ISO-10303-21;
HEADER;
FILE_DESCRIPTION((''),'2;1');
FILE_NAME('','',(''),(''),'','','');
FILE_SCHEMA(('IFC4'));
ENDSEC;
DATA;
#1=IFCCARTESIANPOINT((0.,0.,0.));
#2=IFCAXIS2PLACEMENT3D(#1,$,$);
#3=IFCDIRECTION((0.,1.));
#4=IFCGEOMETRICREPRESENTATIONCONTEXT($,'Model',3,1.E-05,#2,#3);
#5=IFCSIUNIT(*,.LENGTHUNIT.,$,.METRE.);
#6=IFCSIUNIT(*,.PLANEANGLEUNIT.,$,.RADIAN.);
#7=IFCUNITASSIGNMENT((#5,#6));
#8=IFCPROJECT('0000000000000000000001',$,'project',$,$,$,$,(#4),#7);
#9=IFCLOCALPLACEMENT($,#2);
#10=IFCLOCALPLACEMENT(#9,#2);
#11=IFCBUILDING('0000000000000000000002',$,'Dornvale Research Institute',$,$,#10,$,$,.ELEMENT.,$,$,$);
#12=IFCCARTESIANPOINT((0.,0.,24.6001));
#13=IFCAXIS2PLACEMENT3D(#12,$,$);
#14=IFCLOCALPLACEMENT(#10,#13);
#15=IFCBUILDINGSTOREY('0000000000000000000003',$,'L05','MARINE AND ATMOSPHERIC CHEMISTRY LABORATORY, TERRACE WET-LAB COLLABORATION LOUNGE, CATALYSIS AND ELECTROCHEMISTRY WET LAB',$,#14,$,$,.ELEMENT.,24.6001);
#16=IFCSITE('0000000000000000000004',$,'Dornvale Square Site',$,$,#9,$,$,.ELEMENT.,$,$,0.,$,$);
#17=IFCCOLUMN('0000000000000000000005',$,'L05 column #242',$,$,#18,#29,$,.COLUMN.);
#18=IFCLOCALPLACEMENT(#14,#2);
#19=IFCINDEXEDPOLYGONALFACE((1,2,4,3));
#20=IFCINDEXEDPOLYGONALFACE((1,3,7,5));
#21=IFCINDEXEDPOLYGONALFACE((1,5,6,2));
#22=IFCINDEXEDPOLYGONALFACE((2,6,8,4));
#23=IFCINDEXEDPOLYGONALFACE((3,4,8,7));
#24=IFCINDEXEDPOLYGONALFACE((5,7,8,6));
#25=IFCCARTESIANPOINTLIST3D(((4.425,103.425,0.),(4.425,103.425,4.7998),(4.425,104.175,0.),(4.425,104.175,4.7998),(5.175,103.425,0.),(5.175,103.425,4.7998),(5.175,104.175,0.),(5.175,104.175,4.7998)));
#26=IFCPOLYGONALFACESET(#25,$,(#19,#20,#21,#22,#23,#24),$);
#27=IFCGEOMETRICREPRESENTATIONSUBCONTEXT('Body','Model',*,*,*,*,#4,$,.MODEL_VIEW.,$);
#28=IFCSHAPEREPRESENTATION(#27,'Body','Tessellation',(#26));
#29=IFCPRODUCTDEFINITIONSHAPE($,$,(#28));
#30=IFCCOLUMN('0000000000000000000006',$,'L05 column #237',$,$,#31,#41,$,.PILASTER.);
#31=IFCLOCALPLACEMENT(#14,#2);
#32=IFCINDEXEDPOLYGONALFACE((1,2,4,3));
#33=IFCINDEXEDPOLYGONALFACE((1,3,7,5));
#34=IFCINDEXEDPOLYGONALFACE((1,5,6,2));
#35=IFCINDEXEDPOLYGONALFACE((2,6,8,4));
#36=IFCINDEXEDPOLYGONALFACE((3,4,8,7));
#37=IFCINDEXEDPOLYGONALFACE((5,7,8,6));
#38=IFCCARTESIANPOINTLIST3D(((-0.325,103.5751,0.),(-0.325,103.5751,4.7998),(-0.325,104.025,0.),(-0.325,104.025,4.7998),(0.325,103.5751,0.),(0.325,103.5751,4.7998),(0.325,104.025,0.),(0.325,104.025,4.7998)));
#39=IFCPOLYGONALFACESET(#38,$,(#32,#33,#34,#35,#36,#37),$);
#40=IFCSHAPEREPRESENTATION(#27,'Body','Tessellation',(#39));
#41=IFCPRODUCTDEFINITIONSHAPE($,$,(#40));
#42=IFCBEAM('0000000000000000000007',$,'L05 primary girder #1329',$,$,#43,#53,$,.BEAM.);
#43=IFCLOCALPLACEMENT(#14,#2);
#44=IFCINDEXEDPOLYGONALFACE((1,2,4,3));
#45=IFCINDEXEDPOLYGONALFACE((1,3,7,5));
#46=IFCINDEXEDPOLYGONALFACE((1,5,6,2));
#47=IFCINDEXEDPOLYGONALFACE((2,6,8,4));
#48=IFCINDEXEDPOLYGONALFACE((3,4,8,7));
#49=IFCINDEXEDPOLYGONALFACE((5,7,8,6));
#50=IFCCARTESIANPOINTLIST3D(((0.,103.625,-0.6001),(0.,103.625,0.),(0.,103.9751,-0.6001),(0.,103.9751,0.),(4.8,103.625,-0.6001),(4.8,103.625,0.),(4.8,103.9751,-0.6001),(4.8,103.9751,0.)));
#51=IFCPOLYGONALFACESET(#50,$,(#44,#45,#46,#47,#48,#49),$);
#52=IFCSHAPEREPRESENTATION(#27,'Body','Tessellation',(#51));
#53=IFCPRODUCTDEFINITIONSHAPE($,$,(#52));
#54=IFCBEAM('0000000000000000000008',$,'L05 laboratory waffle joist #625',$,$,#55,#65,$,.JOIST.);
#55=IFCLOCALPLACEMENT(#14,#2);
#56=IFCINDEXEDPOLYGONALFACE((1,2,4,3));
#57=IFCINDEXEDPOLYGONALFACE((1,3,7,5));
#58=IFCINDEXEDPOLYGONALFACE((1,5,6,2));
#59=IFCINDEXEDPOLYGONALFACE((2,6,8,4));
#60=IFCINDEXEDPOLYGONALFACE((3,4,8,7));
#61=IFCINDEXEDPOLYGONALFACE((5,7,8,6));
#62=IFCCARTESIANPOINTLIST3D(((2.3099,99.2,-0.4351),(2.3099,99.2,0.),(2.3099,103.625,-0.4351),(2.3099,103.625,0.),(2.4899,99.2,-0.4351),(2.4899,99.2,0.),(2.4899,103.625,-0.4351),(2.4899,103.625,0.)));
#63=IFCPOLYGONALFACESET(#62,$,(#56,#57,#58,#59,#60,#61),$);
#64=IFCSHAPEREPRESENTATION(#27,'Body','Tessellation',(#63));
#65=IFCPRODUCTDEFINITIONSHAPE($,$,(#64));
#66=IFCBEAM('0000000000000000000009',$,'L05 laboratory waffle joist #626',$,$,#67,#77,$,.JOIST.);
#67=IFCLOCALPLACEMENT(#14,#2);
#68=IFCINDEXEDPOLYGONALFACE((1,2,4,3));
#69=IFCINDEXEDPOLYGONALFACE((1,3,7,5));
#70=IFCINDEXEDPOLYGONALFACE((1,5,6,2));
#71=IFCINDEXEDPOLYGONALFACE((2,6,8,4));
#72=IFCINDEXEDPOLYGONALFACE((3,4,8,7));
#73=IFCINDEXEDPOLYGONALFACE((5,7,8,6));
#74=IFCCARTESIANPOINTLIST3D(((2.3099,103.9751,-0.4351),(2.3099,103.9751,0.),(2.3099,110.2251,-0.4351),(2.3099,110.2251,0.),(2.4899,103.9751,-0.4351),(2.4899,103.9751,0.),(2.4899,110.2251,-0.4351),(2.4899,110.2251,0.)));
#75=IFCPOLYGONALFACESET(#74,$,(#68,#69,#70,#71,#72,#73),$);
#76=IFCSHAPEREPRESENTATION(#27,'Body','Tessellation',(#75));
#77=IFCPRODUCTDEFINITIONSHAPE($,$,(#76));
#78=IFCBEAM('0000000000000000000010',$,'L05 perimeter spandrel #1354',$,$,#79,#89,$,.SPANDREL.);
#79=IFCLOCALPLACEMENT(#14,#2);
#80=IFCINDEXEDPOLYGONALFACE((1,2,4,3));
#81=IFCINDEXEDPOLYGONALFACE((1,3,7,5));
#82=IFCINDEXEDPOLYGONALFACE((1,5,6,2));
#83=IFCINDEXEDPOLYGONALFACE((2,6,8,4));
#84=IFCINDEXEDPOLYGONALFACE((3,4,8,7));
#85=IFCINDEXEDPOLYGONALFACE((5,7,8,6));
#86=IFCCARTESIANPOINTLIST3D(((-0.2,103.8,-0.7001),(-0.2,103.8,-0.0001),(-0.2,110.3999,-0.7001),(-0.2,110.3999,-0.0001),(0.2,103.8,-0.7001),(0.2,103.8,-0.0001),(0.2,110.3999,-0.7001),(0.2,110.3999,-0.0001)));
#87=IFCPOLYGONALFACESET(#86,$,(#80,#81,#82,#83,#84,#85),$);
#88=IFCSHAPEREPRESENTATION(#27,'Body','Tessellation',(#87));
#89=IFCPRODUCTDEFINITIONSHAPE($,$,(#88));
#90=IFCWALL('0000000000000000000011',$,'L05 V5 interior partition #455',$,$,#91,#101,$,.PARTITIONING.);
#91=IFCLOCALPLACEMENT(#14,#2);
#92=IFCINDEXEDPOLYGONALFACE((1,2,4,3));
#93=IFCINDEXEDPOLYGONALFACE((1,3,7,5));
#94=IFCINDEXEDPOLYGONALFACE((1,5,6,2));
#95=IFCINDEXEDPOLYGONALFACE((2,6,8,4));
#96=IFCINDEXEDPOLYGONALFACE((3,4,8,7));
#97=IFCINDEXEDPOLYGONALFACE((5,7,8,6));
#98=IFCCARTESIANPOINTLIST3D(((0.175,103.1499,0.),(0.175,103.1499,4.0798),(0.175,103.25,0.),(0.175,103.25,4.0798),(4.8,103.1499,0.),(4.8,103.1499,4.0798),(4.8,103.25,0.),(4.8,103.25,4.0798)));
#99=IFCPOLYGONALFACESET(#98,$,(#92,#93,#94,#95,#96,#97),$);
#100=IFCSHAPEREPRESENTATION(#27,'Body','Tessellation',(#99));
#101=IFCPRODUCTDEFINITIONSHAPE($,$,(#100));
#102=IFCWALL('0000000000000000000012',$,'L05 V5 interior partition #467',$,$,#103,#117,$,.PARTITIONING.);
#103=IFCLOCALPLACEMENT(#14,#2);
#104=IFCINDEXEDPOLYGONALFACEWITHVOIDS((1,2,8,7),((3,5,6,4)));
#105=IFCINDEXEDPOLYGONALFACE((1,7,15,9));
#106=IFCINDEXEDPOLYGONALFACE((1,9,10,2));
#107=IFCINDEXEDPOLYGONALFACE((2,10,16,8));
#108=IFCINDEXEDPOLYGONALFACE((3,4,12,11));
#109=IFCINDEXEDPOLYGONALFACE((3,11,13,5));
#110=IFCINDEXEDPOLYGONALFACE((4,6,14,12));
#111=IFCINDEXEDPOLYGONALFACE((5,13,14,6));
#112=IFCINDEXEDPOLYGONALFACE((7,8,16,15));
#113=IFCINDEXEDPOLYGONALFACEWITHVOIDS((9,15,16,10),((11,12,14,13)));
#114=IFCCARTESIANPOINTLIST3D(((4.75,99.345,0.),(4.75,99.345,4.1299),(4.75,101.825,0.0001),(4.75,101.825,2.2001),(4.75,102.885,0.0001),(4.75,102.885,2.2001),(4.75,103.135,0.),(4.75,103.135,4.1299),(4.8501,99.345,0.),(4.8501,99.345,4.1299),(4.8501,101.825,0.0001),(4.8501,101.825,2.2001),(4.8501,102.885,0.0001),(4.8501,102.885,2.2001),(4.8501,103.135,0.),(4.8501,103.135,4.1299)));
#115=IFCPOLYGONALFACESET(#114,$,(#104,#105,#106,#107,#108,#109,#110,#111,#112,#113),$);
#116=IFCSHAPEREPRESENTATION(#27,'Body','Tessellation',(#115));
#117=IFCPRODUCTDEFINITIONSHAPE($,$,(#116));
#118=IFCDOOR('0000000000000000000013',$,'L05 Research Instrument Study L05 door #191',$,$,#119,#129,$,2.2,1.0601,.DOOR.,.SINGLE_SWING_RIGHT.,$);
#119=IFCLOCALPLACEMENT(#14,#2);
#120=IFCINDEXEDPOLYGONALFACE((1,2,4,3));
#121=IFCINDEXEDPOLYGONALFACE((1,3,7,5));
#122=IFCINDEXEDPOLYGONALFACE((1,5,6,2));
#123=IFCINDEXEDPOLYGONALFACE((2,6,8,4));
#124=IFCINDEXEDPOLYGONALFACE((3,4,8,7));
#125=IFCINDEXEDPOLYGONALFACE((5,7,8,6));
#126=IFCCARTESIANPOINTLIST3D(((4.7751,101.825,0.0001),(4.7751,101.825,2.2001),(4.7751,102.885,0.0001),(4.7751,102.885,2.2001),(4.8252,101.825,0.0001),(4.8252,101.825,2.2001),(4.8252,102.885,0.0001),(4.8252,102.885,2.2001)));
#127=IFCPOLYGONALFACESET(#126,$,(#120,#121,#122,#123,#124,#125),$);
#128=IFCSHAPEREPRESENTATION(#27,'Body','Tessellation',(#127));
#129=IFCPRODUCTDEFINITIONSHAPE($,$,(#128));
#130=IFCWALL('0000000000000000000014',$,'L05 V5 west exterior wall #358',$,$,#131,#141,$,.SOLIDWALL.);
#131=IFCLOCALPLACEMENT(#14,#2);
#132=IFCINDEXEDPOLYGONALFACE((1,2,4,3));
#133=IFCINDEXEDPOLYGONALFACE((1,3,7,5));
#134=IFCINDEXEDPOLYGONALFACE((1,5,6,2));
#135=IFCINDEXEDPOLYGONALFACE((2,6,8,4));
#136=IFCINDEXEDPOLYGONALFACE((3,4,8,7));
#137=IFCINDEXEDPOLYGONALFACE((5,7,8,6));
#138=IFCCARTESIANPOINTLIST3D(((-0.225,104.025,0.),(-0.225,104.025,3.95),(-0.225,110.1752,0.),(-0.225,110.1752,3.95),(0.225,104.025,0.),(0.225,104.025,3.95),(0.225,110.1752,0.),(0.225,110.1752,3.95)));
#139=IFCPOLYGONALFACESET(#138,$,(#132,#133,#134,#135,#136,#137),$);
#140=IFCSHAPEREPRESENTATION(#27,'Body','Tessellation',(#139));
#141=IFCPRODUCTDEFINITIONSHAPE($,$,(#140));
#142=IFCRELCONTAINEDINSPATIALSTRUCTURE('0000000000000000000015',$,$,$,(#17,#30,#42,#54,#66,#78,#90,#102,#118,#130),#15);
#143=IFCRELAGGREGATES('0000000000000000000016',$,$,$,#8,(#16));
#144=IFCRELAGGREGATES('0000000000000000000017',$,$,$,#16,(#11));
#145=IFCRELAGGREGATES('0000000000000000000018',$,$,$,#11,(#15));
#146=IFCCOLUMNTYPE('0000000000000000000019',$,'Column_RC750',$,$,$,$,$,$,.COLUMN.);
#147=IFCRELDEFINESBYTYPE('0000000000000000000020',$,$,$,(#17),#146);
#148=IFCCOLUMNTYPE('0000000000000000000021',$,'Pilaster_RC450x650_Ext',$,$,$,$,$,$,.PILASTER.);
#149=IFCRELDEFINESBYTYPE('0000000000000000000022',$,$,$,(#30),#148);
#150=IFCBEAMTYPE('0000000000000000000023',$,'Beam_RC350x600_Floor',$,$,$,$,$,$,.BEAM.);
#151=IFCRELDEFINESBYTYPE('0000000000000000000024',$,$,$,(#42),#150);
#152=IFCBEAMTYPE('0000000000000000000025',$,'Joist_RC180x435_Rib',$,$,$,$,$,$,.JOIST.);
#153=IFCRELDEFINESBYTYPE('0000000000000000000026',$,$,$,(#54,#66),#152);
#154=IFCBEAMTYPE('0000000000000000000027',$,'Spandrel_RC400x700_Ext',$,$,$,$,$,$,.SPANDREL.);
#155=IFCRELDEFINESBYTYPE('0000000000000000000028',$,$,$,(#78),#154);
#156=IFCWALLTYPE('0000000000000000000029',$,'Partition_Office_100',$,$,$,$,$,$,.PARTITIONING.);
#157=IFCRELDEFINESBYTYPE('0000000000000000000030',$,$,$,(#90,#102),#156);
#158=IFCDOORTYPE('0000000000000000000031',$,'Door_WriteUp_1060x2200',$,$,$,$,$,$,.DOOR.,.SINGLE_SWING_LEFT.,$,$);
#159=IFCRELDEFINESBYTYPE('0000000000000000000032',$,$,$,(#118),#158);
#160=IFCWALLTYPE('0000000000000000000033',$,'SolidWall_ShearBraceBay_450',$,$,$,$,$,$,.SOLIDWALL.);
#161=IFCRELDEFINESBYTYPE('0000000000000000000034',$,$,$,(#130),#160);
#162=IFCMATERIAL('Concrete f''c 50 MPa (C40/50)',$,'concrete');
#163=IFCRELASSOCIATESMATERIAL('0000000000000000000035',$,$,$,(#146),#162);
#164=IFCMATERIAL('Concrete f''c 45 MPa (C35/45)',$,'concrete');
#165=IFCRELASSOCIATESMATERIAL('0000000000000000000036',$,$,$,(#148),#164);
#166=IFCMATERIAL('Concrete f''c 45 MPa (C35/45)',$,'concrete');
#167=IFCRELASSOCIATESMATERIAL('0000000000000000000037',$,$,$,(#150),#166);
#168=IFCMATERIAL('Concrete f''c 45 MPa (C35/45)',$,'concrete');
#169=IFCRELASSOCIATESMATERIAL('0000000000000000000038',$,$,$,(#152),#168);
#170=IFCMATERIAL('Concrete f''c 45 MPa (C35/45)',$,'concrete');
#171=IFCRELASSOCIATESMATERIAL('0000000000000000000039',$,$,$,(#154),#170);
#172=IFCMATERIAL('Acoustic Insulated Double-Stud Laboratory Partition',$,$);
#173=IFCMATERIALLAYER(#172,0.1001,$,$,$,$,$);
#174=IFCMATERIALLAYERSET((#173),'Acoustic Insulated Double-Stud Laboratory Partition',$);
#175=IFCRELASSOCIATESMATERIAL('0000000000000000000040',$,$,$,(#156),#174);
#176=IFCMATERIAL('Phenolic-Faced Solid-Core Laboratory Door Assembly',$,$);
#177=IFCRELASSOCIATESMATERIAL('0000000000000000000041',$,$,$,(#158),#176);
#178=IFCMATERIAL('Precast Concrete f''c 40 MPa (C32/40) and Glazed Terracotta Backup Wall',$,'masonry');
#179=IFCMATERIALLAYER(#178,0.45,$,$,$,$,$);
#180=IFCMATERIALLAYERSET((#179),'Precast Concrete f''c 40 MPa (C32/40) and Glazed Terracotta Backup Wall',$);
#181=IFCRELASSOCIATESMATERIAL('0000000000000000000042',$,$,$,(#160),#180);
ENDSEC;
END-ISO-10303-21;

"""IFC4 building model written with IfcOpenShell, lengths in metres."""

from ifc_helpers import new_model, si_unit, direction, frame, frame_2d, origin, origin_2d, place, context, subcontext, project, spatial, rectangle, extrude, material, layer, layer_set, material_profile, profile_set, type_object, element, fill, save


model = new_model("IFC4")

# Units and contexts
model_context = context("Model", 3, precision=1e-05, world=origin(), true_north=direction((0.0, 1.0)))
body_context = subcontext(model_context, "Body", "Model", "MODEL_VIEW")
ifc_project = project(units=[si_unit("LENGTHUNIT", "METRE"), si_unit("PLANEANGLEUNIT", "RADIAN")], contexts=[model_context])

# Site, building, storey
site_placement = place(None, origin())
site = spatial("IfcSite", under=ifc_project, at=site_placement, Name="Dornvale Square Site", CompositionType="ELEMENT", RefElevation=0.0)
building_placement = place(site_placement, origin())
building = spatial("IfcBuilding", under=site, at=building_placement, Name="Dornvale Research Institute", CompositionType="ELEMENT")
storey_placement = place(building_placement, frame((0.0, 0.0, 24.6001)))
storey = spatial("IfcBuildingStorey", under=building, at=storey_placement, Name="L05", Description="MARINE AND ATMOSPHERIC CHEMISTRY LABORATORY, TERRACE WET-LAB COLLABORATION LOUNGE, CATALYSIS AND ELECTROCHEMISTRY WET LAB", CompositionType="ELEMENT", Elevation=24.6001)

# Columns
ifc_material_1 = material(Name="Concrete f'c 50 MPa (C40/50)", Category="concrete")
ifc_material_profile_1 = material_profile(ifc_material_1, rectangle(XDim=0.75, YDim=0.75, at=origin_2d()), Name="RC 750x750")
ifc_profile_set_1 = profile_set([ifc_material_profile_1], Name="Concrete f'c 50 MPa (C40/50)")
column_type_1 = type_object("IfcColumnType", Name="Column_RC750", PredefinedType="COLUMN", material=ifc_profile_set_1)
column_1_placement = place(storey_placement, frame((4.8, 103.8, 0.0), z_axis=(0.0, 0.0, 1.0), x_axis=(1.0, 0.0, 0.0)))
element("IfcColumn", 1, at=column_1_placement, inside=storey, type_object=column_type_1, Name="L05 column #242", PredefinedType="COLUMN", context=body_context, shape_type="SweptSolid", body=[
    extrude(rectangle(XDim=0.75, YDim=0.75, at=origin_2d()), origin(), (0.0, 0.0, 1.0), 4.7998),
])
ifc_material_2 = material(Name="Concrete f'c 45 MPa (C35/45)", Category="concrete")
ifc_material_profile_2 = material_profile(ifc_material_2, rectangle(XDim=0.45, YDim=0.6499, at=origin_2d()), Name="RC 450x650")
ifc_profile_set_2 = profile_set([ifc_material_profile_2], Name="Concrete f'c 45 MPa (C35/45)")
column_type_2 = type_object("IfcColumnType", Name="Pilaster_RC450x650_Ext", PredefinedType="PILASTER", material=ifc_profile_set_2)
column_2_placement = place(storey_placement, frame((0.0, 103.8, 0.0), z_axis=(0.0, 0.0, 1.0), x_axis=(0.0, 1.0, 0.0)))
element("IfcColumn", 2, at=column_2_placement, inside=storey, type_object=column_type_2, Name="L05 column #237", PredefinedType="PILASTER", context=body_context, shape_type="SweptSolid", body=[
    extrude(rectangle(XDim=0.45, YDim=0.6499, at=origin_2d()), origin(), (0.0, 0.0, 1.0), 4.7998),
])

# Beams
ifc_material_3 = material(Name="Concrete f'c 45 MPa (C35/45)", Category="concrete")
ifc_material_profile_3 = material_profile(ifc_material_3, rectangle(XDim=0.3501, YDim=0.6001, at=origin_2d()), Name="RC 350x600")
ifc_profile_set_3 = profile_set([ifc_material_profile_3], Name="Concrete f'c 45 MPa (C35/45)")
beam_type_1 = type_object("IfcBeamType", Name="Beam_RC350x600_Floor", PredefinedType="BEAM", material=ifc_profile_set_3)
beam_1_placement = place(storey_placement, frame((0.0, 103.8, -0.3), z_axis=(1.0, 0.0, 0.0), x_axis=(0.0, 1.0, 0.0)))
element("IfcBeam", 3, at=beam_1_placement, inside=storey, type_object=beam_type_1, Name="L05 primary girder #1329", PredefinedType="BEAM", context=body_context, shape_type="SweptSolid", body=[
    extrude(rectangle(XDim=0.3501, YDim=0.6001, at=origin_2d()), origin(), (0.0, 0.0, 1.0), 4.8),
])
ifc_material_4 = material(Name="Concrete f'c 45 MPa (C35/45)", Category="concrete")
ifc_material_profile_4 = material_profile(ifc_material_4, rectangle(XDim=0.1799, YDim=0.4351, at=origin_2d()), Name="RC 180x435")
ifc_profile_set_4 = profile_set([ifc_material_profile_4], Name="Concrete f'c 45 MPa (C35/45)")
beam_type_2 = type_object("IfcBeamType", Name="Joist_RC180x435_Rib", PredefinedType="JOIST", material=ifc_profile_set_4)
beam_2_placement = place(storey_placement, frame((2.3999, 99.2, -0.2175), z_axis=(0.0, 1.0, 0.0), x_axis=(-1.0, 0.0, 0.0)))
element("IfcBeam", 4, at=beam_2_placement, inside=storey, type_object=beam_type_2, Name="L05 laboratory waffle joist #625", PredefinedType="JOIST", context=body_context, shape_type="SweptSolid", body=[
    extrude(rectangle(XDim=0.1799, YDim=0.4351, at=origin_2d()), origin(), (0.0, 0.0, 1.0), 4.425),
])
beam_3_placement = place(storey_placement, frame((2.3999, 103.9751, -0.2175), z_axis=(0.0, 1.0, 0.0), x_axis=(-1.0, 0.0, 0.0)))
element("IfcBeam", 5, at=beam_3_placement, inside=storey, type_object=beam_type_2, Name="L05 laboratory waffle joist #626", PredefinedType="JOIST", context=body_context, shape_type="SweptSolid", body=[
    extrude(rectangle(XDim=0.1799, YDim=0.4351, at=origin_2d()), origin(), (0.0, 0.0, 1.0), 6.25),
])
ifc_material_5 = material(Name="Concrete f'c 45 MPa (C35/45)", Category="concrete")
ifc_material_profile_5 = material_profile(ifc_material_5, rectangle(XDim=0.3999, YDim=0.7, at=origin_2d()), Name="RC 400x700")
ifc_profile_set_5 = profile_set([ifc_material_profile_5], Name="Concrete f'c 45 MPa (C35/45)")
beam_type_3 = type_object("IfcBeamType", Name="Spandrel_RC400x700_Ext", PredefinedType="SPANDREL", material=ifc_profile_set_5)
beam_4_placement = place(storey_placement, frame((0.0, 103.8, -0.3501), z_axis=(0.0, 1.0, 0.0), x_axis=(-1.0, 0.0, 0.0)))
element("IfcBeam", 6, at=beam_4_placement, inside=storey, type_object=beam_type_3, Name="L05 perimeter spandrel #1354", PredefinedType="SPANDREL", context=body_context, shape_type="SweptSolid", body=[
    extrude(rectangle(XDim=0.3999, YDim=0.7, at=origin_2d()), origin(), (0.0, 0.0, 1.0), 6.5999),
])

# Wall
ifc_material_6 = material(Name="Acoustic Insulated Double-Stud Laboratory Partition")
ifc_layer_1 = layer(ifc_material_6, 0.1001)
ifc_layer_set_1 = layer_set([ifc_layer_1], Name="Acoustic Insulated Double-Stud Laboratory Partition")
wall_type_1 = type_object("IfcWallType", Name="Partition_Office_100", PredefinedType="PARTITIONING", material=ifc_layer_set_1)
wall_1_placement = place(storey_placement, frame((0.175, 103.2, 0.0), z_axis=(0.0, 0.0, 1.0), x_axis=(1.0, 0.0, 0.0)))
element("IfcWall", 7, at=wall_1_placement, inside=storey, type_object=wall_type_1, Name="L05 V5 interior partition #455", PredefinedType="PARTITIONING", context=body_context, shape_type="SweptSolid", body=[
    extrude(rectangle(XDim=4.625, YDim=0.1001, at=frame_2d((2.3125, 0.0))), origin(), (0.0, 0.0, 1.0), 4.0798),
])

# Wall, opening, door
wall_2_placement = place(storey_placement, frame((4.8, 99.345, 0.0), z_axis=(0.0, 0.0, 1.0), x_axis=(0.0, 1.0, 0.0)))
wall_2 = element("IfcWall", 8, at=wall_2_placement, inside=storey, type_object=wall_type_1, Name="L05 V5 interior partition #467", PredefinedType="PARTITIONING", context=body_context, shape_type="SweptSolid", body=[
    extrude(rectangle(XDim=3.79, YDim=0.1001, at=frame_2d((1.895, 0.0))), origin(), (0.0, 0.0, 1.0), 4.1299),
])
opening_1_placement = place(wall_2_placement, frame((2.48, 0.0, 0.0)))
opening_1 = element("IfcOpeningElement", 9, at=opening_1_placement, cuts=wall_2, PredefinedType="OPENING", context=body_context, shape_type="SweptSolid", body=[
    extrude(rectangle(XDim=1.0601, YDim=2.2, at=frame_2d((0.53, 1.1001))), frame((0.0, 0.0649, 0.0), z_axis=(0.0, -1.0, 0.0), x_axis=(1.0, 0.0, 0.0)), (0.0, 0.0, 1.0), 0.1301),
])
ifc_material_7 = material(Name="Phenolic-Faced Solid-Core Laboratory Door Assembly")
door_type = type_object("IfcDoorType", Name="Door_WriteUp_1060x2200", OperationType="SINGLE_SWING_LEFT", PredefinedType="DOOR", material=ifc_material_7)
door_placement = place(opening_1_placement, origin())
door = element("IfcDoor", 10, at=door_placement, inside=storey, type_object=door_type, Name="L05 Research Instrument Study L05 door #191", OperationType="SINGLE_SWING_RIGHT", OverallHeight=2.2, OverallWidth=1.0601, PredefinedType="DOOR", context=body_context, shape_type="SweptSolid", body=[
    extrude(rectangle(XDim=1.0601, YDim=2.2, at=frame_2d((0.53, 1.1001))), frame((0.0, 0.0249, 0.0), z_axis=(0.0, -1.0, 0.0), x_axis=(1.0, 0.0, 0.0)), (0.0, 0.0, 1.0), 0.05),
])
fill(opening_1, door)

# Wall
ifc_material_8 = material(Name="Precast Concrete f'c 40 MPa (C32/40) and Glazed Terracotta Backup Wall", Category="masonry")
ifc_layer_2 = layer(ifc_material_8, 0.45)
ifc_layer_set_2 = layer_set([ifc_layer_2], Name="Precast Concrete f'c 40 MPa (C32/40) and Glazed Terracotta Backup Wall")
wall_type_2 = type_object("IfcWallType", Name="SolidWall_ShearBraceBay_450", PredefinedType="SOLIDWALL", material=ifc_layer_set_2)
wall_3_placement = place(storey_placement, frame((0.0, 104.0249, 0.0), z_axis=(0.0, 0.0, 1.0), x_axis=(0.0, 1.0, 0.0)))
element("IfcWall", 11, at=wall_3_placement, inside=storey, type_object=wall_type_2, Name="L05 V5 west exterior wall #358", PredefinedType="SOLIDWALL", context=body_context, shape_type="SweptSolid", body=[
    extrude(rectangle(XDim=6.1501, YDim=0.45, at=frame_2d((3.0752, 0.0))), origin(), (0.0, 0.0, 1.0), 3.95),
])

save(model, "model.ifc")
